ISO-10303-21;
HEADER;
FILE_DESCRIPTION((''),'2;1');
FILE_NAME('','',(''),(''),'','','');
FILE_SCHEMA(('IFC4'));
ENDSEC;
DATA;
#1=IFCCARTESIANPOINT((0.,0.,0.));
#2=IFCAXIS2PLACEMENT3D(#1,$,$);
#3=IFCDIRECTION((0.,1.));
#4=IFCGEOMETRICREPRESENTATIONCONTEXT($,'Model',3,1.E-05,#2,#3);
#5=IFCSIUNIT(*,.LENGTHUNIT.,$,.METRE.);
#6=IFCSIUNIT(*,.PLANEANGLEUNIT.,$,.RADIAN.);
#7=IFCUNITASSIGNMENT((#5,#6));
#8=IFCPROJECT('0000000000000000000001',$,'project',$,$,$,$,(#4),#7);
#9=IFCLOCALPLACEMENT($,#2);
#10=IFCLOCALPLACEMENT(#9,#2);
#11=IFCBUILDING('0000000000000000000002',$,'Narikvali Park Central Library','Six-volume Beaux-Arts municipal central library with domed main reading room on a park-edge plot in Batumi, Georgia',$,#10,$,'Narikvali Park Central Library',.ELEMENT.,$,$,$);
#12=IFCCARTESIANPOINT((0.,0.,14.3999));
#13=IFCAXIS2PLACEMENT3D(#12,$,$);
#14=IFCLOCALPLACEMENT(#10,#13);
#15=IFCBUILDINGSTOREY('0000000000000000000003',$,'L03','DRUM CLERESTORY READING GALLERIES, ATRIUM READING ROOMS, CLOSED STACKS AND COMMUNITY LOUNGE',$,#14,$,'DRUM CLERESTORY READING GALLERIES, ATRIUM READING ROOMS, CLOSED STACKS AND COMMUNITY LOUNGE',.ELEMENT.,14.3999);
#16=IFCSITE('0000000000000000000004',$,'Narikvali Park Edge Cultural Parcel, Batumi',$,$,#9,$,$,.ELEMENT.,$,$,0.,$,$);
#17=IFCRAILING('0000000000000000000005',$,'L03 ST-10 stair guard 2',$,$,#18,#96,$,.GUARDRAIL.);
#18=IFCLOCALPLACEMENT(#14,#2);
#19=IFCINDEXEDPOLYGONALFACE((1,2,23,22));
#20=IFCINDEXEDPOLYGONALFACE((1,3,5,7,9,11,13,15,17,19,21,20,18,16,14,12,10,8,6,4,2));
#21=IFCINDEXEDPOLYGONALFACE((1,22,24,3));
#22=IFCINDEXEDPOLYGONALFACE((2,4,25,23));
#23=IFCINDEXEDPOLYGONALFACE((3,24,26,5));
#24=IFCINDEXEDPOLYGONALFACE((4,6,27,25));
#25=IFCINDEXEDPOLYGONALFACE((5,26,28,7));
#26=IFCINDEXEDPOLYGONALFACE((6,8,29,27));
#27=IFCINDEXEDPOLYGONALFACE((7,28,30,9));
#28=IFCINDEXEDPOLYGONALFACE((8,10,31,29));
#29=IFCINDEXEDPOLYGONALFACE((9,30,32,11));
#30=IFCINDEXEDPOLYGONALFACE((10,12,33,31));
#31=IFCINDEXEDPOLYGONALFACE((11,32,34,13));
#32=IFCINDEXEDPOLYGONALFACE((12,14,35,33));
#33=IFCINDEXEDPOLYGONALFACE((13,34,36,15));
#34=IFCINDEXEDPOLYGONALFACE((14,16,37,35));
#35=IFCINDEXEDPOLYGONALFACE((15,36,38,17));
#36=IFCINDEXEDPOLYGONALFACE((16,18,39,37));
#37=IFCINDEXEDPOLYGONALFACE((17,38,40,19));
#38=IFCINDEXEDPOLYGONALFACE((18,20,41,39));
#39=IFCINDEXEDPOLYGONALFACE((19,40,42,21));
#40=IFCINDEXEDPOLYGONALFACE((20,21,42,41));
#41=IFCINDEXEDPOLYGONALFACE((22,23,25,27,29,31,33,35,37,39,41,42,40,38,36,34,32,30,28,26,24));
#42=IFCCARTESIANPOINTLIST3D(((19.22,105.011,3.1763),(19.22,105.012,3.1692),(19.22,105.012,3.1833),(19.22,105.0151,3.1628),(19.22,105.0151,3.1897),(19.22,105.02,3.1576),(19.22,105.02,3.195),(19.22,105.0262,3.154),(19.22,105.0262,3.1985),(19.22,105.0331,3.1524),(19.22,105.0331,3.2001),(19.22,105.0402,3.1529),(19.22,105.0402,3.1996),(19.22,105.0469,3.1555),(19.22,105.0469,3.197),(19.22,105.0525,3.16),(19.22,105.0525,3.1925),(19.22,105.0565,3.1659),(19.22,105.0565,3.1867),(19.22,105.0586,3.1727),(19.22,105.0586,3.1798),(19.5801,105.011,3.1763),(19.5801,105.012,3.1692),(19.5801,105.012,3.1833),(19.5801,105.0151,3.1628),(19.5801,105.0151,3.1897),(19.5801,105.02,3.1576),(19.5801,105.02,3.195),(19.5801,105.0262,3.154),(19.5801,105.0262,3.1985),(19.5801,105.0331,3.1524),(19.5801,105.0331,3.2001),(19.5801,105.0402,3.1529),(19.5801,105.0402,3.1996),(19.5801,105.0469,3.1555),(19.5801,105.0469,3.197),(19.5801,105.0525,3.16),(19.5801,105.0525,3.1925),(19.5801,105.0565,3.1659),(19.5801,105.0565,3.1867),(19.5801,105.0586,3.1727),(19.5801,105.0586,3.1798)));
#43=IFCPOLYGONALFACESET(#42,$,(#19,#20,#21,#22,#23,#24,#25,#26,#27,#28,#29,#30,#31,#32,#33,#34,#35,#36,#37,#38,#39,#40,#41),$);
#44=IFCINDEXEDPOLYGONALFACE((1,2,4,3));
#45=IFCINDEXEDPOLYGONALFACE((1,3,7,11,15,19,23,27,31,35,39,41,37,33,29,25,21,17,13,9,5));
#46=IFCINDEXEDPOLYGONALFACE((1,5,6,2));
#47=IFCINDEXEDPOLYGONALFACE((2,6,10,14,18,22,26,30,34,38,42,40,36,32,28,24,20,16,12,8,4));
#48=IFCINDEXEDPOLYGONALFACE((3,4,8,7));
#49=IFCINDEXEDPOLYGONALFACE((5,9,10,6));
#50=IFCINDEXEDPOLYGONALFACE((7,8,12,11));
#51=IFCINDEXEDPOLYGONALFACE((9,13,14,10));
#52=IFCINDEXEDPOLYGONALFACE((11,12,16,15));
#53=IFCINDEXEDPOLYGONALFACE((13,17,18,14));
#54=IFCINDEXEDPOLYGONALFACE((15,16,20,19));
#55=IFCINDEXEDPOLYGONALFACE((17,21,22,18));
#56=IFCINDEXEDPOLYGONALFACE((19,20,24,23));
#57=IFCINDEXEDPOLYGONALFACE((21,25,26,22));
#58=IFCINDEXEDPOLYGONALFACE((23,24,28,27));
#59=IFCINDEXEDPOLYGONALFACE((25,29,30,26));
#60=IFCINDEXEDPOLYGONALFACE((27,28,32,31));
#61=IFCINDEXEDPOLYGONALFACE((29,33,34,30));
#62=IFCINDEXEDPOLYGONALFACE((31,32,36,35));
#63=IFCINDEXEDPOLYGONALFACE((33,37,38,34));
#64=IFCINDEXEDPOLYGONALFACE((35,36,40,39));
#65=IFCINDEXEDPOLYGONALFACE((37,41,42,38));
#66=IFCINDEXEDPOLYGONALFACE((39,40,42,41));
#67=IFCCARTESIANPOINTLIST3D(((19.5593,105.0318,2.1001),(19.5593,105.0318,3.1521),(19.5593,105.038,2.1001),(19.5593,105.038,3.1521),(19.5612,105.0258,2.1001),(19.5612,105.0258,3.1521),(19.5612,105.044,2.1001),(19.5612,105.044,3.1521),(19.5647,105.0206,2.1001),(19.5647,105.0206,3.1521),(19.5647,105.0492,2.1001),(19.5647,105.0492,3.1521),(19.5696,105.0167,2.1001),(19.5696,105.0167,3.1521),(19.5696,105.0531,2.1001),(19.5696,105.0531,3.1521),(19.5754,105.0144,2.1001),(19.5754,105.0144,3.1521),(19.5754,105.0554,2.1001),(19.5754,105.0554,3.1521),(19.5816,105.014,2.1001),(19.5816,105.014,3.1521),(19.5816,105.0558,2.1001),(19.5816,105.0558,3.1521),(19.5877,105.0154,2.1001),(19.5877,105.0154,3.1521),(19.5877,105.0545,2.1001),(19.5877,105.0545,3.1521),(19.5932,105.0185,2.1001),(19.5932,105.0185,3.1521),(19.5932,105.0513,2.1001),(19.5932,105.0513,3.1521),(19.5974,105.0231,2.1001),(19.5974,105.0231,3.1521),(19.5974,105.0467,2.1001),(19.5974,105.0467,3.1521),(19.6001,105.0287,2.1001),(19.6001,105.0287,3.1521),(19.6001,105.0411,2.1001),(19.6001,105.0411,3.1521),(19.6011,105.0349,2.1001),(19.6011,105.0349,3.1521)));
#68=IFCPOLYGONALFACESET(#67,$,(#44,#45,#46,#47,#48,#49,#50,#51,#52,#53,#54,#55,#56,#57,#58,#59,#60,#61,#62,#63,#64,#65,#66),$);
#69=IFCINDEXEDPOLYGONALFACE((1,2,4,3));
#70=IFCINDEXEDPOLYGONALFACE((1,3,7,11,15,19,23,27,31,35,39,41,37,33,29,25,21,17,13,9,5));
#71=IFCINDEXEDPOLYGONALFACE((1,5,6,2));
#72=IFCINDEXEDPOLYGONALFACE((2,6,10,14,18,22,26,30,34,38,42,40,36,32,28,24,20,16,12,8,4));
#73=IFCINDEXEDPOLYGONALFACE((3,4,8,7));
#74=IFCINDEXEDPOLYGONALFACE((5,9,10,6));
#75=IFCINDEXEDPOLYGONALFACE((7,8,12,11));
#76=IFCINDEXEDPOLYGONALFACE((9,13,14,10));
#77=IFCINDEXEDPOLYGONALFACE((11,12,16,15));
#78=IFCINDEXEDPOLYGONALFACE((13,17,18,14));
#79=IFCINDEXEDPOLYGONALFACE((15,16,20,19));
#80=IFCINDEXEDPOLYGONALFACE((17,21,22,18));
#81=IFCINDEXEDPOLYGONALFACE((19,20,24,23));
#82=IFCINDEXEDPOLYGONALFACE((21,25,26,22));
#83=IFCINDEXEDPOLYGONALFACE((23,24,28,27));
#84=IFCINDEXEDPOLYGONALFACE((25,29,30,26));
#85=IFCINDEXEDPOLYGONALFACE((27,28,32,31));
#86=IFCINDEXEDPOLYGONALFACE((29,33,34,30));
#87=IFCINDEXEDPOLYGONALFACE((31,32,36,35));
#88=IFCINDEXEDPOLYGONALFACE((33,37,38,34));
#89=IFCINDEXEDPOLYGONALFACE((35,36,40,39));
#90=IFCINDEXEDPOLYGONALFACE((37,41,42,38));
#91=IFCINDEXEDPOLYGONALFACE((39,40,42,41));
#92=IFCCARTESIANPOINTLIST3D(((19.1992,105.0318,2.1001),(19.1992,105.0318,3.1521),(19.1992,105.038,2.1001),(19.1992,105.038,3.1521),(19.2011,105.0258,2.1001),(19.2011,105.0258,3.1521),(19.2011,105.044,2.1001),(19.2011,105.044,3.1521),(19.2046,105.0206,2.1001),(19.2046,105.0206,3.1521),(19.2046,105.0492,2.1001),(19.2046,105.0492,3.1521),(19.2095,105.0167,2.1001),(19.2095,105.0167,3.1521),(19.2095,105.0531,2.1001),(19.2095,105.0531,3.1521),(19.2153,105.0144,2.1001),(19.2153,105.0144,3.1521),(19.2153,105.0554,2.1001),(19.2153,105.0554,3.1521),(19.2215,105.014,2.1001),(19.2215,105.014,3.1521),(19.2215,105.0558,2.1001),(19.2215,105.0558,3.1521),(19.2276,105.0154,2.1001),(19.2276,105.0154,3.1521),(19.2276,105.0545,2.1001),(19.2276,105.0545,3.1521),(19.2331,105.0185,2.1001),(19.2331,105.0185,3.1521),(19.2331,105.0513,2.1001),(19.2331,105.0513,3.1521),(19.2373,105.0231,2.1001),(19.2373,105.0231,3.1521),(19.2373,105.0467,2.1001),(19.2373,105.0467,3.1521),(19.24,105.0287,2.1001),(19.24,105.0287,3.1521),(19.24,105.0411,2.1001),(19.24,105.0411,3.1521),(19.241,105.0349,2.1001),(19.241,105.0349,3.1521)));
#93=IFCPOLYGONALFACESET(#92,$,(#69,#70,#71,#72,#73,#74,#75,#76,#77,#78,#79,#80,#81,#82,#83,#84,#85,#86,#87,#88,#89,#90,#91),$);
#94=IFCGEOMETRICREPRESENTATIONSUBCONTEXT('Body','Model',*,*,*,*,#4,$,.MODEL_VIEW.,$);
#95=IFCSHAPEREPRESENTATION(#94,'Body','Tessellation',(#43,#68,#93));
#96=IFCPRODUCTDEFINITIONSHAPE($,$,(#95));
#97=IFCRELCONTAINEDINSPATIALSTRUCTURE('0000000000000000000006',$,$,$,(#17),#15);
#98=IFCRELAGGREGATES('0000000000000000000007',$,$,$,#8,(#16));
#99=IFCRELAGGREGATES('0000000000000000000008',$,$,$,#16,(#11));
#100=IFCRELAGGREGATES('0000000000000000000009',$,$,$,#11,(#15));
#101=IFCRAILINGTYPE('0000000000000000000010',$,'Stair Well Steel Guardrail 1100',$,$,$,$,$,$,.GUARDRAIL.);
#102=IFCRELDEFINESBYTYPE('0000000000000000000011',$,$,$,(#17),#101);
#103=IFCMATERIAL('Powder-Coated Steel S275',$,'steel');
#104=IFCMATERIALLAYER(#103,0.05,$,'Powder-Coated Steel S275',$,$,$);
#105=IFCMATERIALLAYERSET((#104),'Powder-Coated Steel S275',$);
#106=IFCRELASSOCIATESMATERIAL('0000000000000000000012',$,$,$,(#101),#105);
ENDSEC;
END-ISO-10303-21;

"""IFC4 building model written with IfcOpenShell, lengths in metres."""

from ifc_helpers import new_model, si_unit, direction, frame, origin, origin_2d, place, context, subcontext, project, spatial, circle, extrude, material, layer, layer_set, type_object, element, save


model = new_model("IFC4")

# Units and contexts
model_context = context("Model", 3, precision=1e-05, world=origin(), true_north=direction((0.0, 1.0)))
body_context = subcontext(model_context, "Body", "Model", "MODEL_VIEW")
ifc_project = project(units=[si_unit("LENGTHUNIT", "METRE"), si_unit("PLANEANGLEUNIT", "RADIAN")], contexts=[model_context])

# Site, building, storey
site_placement = place(None, origin())
site = spatial("IfcSite", under=ifc_project, at=site_placement, Name="Narikvali Park Edge Cultural Parcel, Batumi", CompositionType="ELEMENT", RefElevation=0.0)
building_placement = place(site_placement, origin())
building = spatial("IfcBuilding", under=site, at=building_placement, Name="Narikvali Park Central Library", Description="Six-volume Beaux-Arts municipal central library with domed main reading room on a park-edge plot in Batumi, Georgia", LongName="Narikvali Park Central Library", CompositionType="ELEMENT")
storey_placement = place(building_placement, frame((0.0, 0.0, 14.3999)))
storey = spatial("IfcBuildingStorey", under=building, at=storey_placement, Name="L03", Description="DRUM CLERESTORY READING GALLERIES, ATRIUM READING ROOMS, CLOSED STACKS AND COMMUNITY LOUNGE", LongName="DRUM CLERESTORY READING GALLERIES, ATRIUM READING ROOMS, CLOSED STACKS AND COMMUNITY LOUNGE", CompositionType="ELEMENT", Elevation=14.3999)

# Railing
ifc_material_1 = material(Name="Powder-Coated Steel S275", Category="steel")
ifc_layer_1 = layer(ifc_material_1, 0.05, Name="Powder-Coated Steel S275")
ifc_layer_set_1 = layer_set([ifc_layer_1], Name="Powder-Coated Steel S275")
railing_type_1 = type_object("IfcRailingType", Name="Stair Well Steel Guardrail 1100", PredefinedType="GUARDRAIL", material=ifc_layer_set_1)
railing_1_placement = place(storey_placement, frame((19.5801, 105.0349, 2.1001)))
element("IfcRailing", 1, at=railing_1_placement, inside=storey, type_object=railing_type_1, Name="L03 ST-10 stair guard 2", PredefinedType="GUARDRAIL", context=body_context, shape_type="SweptSolid", body=[
    extrude(circle(Radius=0.0239, at=origin_2d()), frame((0.0, 0.0, 1.0762), z_axis=(-1.0, 0.0, 0.0), x_axis=(0.0, -1.0, 0.0)), (0.0, 0.0, 1.0), 0.3601),
    extrude(circle(Radius=0.021, at=origin_2d()), origin(), (0.0, 0.0, 1.0), 1.052),
    extrude(circle(Radius=0.021, at=origin_2d()), frame((-0.3601, 0.0, 0.0)), (0.0, 0.0, 1.0), 1.052),
])

save(model, "model.ifc")
